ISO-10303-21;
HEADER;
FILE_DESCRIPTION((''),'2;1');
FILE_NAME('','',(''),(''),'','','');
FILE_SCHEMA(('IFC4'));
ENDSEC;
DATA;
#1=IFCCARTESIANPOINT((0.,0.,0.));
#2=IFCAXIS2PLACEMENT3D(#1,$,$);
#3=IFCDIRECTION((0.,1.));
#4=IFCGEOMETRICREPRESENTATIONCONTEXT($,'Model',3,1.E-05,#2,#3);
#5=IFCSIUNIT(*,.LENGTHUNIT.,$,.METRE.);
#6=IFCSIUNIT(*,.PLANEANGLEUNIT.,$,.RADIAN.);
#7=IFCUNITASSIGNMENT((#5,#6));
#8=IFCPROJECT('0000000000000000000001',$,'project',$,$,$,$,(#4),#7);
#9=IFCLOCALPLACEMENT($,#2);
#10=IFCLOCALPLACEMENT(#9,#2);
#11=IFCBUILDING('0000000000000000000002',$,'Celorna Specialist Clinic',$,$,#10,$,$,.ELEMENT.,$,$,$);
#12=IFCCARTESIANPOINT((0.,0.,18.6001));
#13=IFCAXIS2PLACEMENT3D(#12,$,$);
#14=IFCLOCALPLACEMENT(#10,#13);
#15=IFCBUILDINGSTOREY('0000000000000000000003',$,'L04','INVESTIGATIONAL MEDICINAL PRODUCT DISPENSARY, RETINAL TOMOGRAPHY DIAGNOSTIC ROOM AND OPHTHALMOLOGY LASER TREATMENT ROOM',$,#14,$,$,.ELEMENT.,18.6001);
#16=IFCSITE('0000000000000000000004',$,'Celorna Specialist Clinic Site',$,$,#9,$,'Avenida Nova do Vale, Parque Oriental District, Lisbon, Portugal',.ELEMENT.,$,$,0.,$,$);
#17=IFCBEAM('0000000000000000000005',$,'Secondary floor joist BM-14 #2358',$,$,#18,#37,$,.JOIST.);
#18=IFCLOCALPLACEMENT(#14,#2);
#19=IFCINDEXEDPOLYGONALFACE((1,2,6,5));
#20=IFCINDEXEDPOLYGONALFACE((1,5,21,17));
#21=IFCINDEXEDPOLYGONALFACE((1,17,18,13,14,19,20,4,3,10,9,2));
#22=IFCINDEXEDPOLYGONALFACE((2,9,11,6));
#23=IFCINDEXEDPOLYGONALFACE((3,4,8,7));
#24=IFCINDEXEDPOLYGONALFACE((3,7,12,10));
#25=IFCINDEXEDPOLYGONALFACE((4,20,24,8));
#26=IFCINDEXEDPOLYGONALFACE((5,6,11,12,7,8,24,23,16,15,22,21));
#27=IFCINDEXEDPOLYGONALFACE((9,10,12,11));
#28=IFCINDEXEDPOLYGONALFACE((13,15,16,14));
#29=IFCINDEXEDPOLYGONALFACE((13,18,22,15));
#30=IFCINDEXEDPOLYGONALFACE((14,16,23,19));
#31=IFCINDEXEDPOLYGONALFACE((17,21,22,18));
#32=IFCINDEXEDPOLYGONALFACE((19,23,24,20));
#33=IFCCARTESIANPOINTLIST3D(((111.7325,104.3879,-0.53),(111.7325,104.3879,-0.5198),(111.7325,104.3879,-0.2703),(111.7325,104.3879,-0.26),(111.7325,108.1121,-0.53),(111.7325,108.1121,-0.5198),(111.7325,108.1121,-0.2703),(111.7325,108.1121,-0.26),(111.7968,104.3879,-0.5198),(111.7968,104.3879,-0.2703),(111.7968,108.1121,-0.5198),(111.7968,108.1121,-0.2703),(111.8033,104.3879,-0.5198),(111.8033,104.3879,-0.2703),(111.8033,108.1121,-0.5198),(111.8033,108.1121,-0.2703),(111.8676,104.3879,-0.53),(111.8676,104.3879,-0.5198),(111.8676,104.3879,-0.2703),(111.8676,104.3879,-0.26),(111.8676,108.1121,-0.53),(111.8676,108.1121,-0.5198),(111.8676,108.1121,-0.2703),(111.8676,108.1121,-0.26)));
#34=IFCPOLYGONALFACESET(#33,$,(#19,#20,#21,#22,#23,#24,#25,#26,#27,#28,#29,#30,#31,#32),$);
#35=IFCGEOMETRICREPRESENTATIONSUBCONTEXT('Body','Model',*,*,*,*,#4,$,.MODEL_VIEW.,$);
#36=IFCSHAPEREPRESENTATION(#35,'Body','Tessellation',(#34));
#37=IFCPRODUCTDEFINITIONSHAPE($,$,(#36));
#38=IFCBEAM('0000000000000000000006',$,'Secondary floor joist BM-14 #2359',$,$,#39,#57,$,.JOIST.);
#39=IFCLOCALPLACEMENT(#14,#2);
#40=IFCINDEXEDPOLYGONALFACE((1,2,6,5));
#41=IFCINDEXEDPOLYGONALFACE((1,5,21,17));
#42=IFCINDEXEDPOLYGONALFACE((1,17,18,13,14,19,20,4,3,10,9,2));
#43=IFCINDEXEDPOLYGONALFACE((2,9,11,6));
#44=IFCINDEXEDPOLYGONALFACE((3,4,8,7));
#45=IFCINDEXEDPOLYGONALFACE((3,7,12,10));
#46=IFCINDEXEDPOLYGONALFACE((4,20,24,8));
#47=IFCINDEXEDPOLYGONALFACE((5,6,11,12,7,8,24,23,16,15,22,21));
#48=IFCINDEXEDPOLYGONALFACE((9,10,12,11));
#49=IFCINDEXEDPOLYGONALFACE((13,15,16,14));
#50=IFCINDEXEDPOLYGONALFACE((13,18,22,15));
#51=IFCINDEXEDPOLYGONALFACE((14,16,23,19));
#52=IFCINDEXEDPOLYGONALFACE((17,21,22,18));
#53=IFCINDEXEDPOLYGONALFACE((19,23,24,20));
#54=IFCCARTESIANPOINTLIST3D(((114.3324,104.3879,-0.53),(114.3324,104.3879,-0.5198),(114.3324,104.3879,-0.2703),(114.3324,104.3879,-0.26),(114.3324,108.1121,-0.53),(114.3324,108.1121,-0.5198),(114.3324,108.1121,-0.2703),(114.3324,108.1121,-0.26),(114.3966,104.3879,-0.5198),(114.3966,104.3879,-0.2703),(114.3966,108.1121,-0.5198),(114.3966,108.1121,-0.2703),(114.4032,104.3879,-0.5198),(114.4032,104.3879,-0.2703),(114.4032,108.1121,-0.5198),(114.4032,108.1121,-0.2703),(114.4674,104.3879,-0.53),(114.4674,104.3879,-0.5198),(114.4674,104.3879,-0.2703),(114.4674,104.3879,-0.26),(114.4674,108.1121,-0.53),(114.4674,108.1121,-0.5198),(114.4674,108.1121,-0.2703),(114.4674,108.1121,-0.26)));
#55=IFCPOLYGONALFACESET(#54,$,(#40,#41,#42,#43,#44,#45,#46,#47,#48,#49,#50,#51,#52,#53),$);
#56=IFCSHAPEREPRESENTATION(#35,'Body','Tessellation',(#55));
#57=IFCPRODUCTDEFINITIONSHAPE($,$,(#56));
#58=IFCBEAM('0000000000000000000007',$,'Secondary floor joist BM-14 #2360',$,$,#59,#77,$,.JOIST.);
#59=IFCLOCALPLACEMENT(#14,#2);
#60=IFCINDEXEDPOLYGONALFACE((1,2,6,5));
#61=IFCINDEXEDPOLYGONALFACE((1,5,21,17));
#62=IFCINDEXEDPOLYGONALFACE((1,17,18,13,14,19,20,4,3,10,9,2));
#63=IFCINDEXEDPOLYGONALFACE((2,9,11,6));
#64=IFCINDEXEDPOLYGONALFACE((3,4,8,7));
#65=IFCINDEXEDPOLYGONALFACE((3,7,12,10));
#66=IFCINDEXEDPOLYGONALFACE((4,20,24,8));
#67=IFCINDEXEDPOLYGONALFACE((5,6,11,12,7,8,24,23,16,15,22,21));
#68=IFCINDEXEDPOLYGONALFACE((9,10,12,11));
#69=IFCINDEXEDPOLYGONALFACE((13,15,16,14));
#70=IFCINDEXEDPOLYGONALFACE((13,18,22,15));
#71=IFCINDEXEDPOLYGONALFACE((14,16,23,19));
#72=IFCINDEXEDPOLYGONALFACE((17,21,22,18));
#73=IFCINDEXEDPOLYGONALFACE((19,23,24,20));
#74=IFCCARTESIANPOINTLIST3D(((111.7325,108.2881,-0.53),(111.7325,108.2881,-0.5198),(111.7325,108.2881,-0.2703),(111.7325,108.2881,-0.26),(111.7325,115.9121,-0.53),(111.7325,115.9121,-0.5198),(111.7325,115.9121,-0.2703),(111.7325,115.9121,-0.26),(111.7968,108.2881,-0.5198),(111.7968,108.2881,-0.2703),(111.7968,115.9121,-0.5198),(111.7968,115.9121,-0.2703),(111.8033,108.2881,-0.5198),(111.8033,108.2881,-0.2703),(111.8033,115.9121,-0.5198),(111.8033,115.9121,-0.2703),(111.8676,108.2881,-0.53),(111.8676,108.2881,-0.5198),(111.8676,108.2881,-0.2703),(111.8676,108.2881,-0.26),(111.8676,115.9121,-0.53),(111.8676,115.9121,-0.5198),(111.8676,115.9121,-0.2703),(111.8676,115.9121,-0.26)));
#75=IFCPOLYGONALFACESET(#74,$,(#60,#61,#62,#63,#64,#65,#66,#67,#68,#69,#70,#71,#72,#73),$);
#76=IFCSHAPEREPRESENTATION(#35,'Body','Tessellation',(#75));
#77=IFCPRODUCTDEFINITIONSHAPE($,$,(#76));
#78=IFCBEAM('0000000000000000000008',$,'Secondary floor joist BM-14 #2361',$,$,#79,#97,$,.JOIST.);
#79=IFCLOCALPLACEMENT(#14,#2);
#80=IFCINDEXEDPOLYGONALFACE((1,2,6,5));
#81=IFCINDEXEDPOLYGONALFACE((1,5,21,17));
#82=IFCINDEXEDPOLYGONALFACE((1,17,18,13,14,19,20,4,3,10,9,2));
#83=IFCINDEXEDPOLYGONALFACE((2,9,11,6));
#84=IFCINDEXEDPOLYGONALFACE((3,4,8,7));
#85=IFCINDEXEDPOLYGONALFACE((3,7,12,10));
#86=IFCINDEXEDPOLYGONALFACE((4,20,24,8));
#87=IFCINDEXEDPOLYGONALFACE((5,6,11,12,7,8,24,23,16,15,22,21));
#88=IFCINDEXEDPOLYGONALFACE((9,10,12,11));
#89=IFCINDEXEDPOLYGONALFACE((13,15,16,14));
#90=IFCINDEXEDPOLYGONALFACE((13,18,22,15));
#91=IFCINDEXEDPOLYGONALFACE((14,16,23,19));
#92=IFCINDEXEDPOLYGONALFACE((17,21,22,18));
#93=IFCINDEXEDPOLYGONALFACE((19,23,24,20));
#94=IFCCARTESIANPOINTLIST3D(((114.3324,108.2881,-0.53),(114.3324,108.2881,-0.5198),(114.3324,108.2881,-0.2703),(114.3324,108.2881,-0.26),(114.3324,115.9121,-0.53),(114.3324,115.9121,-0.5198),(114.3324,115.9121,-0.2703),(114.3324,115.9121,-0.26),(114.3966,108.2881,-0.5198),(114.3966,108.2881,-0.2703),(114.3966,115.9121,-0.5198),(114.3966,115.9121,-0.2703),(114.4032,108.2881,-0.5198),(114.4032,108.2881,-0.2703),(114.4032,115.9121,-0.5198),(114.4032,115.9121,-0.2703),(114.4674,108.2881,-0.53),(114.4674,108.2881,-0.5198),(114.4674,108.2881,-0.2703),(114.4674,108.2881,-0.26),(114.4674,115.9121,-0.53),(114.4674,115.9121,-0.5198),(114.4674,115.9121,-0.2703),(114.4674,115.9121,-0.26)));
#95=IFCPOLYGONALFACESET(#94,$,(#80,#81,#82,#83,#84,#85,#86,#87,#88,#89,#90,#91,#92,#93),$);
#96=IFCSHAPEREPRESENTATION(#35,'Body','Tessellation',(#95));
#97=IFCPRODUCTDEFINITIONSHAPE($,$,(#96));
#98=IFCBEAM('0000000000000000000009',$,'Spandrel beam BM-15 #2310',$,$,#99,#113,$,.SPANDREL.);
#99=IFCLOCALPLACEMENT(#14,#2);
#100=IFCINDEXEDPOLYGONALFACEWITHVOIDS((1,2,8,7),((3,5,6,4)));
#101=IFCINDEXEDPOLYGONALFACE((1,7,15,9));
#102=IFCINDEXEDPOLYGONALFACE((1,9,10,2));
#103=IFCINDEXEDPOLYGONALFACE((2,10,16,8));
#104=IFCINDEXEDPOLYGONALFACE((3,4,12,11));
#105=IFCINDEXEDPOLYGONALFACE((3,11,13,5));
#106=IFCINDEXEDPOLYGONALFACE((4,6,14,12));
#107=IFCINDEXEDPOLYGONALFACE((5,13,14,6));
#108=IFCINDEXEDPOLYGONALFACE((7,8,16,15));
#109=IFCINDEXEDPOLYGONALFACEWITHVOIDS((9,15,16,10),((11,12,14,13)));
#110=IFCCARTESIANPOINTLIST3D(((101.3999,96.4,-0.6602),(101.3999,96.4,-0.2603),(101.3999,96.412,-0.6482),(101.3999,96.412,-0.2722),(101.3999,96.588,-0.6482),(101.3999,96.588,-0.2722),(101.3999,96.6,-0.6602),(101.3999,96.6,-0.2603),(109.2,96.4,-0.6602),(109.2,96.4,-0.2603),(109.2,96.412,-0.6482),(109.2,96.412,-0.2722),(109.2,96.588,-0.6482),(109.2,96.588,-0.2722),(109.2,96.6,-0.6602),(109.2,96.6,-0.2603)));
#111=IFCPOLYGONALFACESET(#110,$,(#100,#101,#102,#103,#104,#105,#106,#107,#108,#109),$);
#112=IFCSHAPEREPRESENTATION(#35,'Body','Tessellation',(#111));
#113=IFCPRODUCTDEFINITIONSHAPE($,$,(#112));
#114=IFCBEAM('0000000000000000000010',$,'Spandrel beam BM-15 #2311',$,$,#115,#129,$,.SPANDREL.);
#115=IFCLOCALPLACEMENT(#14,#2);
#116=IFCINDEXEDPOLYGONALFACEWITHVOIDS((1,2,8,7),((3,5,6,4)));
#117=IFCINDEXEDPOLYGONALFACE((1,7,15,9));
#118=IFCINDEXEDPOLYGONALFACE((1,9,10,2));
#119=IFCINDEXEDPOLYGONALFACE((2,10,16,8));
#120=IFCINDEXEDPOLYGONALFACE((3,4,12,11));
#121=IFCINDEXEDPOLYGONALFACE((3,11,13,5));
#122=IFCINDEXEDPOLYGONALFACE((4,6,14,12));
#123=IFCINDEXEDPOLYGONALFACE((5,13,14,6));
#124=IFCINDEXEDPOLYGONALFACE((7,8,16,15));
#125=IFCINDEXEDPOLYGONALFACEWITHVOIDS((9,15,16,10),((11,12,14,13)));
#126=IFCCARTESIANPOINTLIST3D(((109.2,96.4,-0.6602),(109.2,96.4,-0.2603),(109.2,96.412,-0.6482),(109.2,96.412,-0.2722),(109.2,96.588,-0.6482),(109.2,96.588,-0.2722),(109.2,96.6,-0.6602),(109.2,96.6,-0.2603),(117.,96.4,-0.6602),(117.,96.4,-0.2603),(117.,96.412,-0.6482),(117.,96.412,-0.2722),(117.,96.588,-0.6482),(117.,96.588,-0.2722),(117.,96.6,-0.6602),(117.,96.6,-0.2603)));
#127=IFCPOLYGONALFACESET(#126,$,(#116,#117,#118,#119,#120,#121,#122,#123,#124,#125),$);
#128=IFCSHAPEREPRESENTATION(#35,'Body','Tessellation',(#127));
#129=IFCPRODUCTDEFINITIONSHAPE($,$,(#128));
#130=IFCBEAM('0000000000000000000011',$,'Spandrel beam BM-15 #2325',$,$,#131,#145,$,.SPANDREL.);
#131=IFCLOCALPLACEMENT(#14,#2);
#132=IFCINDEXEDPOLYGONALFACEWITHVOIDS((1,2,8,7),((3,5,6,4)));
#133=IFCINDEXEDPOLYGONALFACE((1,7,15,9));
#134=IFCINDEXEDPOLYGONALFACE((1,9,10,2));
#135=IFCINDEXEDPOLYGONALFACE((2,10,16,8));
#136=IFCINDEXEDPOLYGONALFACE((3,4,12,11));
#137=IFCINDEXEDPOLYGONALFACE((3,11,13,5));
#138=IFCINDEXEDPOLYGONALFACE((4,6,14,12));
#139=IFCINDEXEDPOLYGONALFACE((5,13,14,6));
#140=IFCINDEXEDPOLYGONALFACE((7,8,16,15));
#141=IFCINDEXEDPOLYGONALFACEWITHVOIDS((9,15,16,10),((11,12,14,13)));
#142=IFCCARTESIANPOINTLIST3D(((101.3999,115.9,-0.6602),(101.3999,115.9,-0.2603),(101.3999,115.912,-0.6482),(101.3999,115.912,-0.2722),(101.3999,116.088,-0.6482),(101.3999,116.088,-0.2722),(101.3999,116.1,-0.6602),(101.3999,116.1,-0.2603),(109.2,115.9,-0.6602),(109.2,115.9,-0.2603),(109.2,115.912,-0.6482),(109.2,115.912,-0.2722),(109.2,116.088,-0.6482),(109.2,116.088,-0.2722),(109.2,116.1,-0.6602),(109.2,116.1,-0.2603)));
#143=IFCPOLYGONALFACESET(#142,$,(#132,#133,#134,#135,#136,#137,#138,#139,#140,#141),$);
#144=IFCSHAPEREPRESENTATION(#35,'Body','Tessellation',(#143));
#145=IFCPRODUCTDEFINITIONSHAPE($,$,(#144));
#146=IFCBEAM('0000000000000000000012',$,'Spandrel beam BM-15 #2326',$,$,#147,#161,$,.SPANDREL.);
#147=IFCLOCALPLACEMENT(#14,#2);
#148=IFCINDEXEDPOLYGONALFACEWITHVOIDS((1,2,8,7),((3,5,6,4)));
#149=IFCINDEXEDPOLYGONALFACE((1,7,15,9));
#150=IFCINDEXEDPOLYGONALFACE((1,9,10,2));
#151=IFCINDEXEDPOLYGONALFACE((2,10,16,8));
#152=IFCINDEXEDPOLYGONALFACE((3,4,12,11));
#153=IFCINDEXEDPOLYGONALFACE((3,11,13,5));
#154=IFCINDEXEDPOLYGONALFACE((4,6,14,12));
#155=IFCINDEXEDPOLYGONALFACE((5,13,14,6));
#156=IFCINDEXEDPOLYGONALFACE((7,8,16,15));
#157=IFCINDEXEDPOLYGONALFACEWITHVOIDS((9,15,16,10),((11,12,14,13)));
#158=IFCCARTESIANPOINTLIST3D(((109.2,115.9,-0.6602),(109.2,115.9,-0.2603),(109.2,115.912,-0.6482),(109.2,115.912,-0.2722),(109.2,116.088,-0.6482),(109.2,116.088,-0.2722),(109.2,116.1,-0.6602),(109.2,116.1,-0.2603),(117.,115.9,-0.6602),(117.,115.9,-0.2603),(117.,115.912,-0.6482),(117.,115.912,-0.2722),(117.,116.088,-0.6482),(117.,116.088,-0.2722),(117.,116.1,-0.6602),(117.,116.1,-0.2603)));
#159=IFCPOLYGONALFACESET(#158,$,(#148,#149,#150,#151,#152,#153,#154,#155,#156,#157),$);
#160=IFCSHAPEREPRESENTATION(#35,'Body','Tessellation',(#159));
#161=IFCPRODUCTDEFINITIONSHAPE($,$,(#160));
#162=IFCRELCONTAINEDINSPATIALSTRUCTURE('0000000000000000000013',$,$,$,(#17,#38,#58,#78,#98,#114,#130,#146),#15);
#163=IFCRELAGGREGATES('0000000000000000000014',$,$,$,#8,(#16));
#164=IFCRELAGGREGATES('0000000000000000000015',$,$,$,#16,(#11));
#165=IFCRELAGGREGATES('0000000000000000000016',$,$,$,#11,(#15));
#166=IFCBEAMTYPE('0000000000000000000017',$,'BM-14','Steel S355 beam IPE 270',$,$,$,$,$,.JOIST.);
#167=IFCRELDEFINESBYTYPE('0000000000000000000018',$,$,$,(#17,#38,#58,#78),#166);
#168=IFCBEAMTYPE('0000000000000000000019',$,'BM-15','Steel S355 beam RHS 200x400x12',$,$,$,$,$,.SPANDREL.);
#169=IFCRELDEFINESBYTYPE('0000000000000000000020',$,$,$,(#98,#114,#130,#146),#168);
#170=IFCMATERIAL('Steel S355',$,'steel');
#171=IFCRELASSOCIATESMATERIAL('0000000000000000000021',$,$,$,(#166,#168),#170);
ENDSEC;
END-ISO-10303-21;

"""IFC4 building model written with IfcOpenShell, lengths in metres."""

from ifc_helpers import new_model, si_unit, direction, frame, origin, origin_2d, place, context, subcontext, project, spatial, hollow_rectangle, i_section, extrude, material, material_profile, profile_set, type_object, element, save


model = new_model("IFC4")

# Units and contexts
model_context = context("Model", 3, precision=1e-05, world=origin(), true_north=direction((0.0, 1.0)))
body_context = subcontext(model_context, "Body", "Model", "MODEL_VIEW")
ifc_project = project(units=[si_unit("LENGTHUNIT", "METRE"), si_unit("PLANEANGLEUNIT", "RADIAN")], contexts=[model_context])

# Site, building, storey
site_placement = place(None, origin())
site = spatial("IfcSite", under=ifc_project, at=site_placement, Name="Celorna Specialist Clinic Site", LongName="Avenida Nova do Vale, Parque Oriental District, Lisbon, Portugal", CompositionType="ELEMENT", RefElevation=0.0)
building_placement = place(site_placement, origin())
building = spatial("IfcBuilding", under=site, at=building_placement, Name="Celorna Specialist Clinic", CompositionType="ELEMENT")
storey_placement = place(building_placement, frame((0.0, 0.0, 18.6001)))
storey = spatial("IfcBuildingStorey", under=building, at=storey_placement, Name="L04", Description="INVESTIGATIONAL MEDICINAL PRODUCT DISPENSARY, RETINAL TOMOGRAPHY DIAGNOSTIC ROOM AND OPHTHALMOLOGY LASER TREATMENT ROOM", CompositionType="ELEMENT", Elevation=18.6001)

# Beams
ifc_material_1 = material(Name="Steel S355", Category="steel")
ifc_material_profile_1 = material_profile(ifc_material_1, i_section(OverallWidth=0.135, OverallDepth=0.27, WebThickness=0.0066, FlangeThickness=0.0103, at=origin_2d()), Name="IPE 270")
ifc_profile_set_1 = profile_set([ifc_material_profile_1], Name="Steel S355")
beam_type_1 = type_object("IfcBeamType", Name="BM-14", Description="Steel S355 beam IPE 270", PredefinedType="JOIST", material=ifc_profile_set_1)
for number, where, z_axis, x_axis, name in (
    (1, (111.8, 104.3879, -0.395), (0.0, 1.0, 0.0), (-1.0, 0.0, 0.0), "Secondary floor joist BM-14 #2358"),
    (2, (114.3999, 104.3879, -0.395), (0.0, 1.0, 0.0), (-1.0, 0.0, 0.0), "Secondary floor joist BM-14 #2359"),
):
    element("IfcBeam", number, at=place(storey_placement, frame(where, z_axis=z_axis, x_axis=x_axis)), inside=storey, type_object=beam_type_1, Name=name, PredefinedType="JOIST", context=body_context, shape_type="SweptSolid", body=[
        extrude(i_section(OverallWidth=0.135, OverallDepth=0.27, WebThickness=0.0066, FlangeThickness=0.0103, at=origin_2d()), origin(), (0.0, 0.0, 1.0), 3.7241),
    ])
for number, where, z_axis, x_axis, name in (
    (3, (111.8, 108.2881, -0.395), (0.0, 1.0, 0.0), (-1.0, 0.0, 0.0), "Secondary floor joist BM-14 #2360"),
    (4, (114.3999, 108.2881, -0.395), (0.0, 1.0, 0.0), (-1.0, 0.0, 0.0), "Secondary floor joist BM-14 #2361"),
):
    element("IfcBeam", number, at=place(storey_placement, frame(where, z_axis=z_axis, x_axis=x_axis)), inside=storey, type_object=beam_type_1, Name=name, PredefinedType="JOIST", context=body_context, shape_type="SweptSolid", body=[
        extrude(i_section(OverallWidth=0.135, OverallDepth=0.27, WebThickness=0.0066, FlangeThickness=0.0103, at=origin_2d()), origin(), (0.0, 0.0, 1.0), 7.624),
    ])
ifc_material_profile_2 = material_profile(ifc_material_1, hollow_rectangle(XDim=0.2, YDim=0.3999, WallThickness=0.012, at=origin_2d()), Name="RHS 200x400x12")
ifc_profile_set_2 = profile_set([ifc_material_profile_2], Name="Steel S355")
beam_type_2 = type_object("IfcBeamType", Name="BM-15", Description="Steel S355 beam RHS 200x400x12", PredefinedType="SPANDREL", material=ifc_profile_set_2)
for number, where, z_axis, x_axis, name in (
    (5, (101.3999, 96.5, -0.4602), (1.0, 0.0, 0.0), (0.0, 1.0, 0.0), "Spandrel beam BM-15 #2310"),
    (6, (109.2, 96.5, -0.4602), (1.0, 0.0, 0.0), (0.0, 1.0, 0.0), "Spandrel beam BM-15 #2311"),
    (7, (101.3999, 116.0, -0.4602), (1.0, 0.0, 0.0), (0.0, 1.0, 0.0), "Spandrel beam BM-15 #2325"),
    (8, (109.2, 116.0, -0.4602), (1.0, 0.0, 0.0), (0.0, 1.0, 0.0), "Spandrel beam BM-15 #2326"),
):
    element("IfcBeam", number, at=place(storey_placement, frame(where, z_axis=z_axis, x_axis=x_axis)), inside=storey, type_object=beam_type_2, Name=name, PredefinedType="SPANDREL", context=body_context, shape_type="SweptSolid", body=[
        extrude(hollow_rectangle(XDim=0.2, YDim=0.3999, WallThickness=0.012, at=origin_2d()), origin(), (0.0, 0.0, 1.0), 7.8),
    ])

save(model, "model.ifc")
